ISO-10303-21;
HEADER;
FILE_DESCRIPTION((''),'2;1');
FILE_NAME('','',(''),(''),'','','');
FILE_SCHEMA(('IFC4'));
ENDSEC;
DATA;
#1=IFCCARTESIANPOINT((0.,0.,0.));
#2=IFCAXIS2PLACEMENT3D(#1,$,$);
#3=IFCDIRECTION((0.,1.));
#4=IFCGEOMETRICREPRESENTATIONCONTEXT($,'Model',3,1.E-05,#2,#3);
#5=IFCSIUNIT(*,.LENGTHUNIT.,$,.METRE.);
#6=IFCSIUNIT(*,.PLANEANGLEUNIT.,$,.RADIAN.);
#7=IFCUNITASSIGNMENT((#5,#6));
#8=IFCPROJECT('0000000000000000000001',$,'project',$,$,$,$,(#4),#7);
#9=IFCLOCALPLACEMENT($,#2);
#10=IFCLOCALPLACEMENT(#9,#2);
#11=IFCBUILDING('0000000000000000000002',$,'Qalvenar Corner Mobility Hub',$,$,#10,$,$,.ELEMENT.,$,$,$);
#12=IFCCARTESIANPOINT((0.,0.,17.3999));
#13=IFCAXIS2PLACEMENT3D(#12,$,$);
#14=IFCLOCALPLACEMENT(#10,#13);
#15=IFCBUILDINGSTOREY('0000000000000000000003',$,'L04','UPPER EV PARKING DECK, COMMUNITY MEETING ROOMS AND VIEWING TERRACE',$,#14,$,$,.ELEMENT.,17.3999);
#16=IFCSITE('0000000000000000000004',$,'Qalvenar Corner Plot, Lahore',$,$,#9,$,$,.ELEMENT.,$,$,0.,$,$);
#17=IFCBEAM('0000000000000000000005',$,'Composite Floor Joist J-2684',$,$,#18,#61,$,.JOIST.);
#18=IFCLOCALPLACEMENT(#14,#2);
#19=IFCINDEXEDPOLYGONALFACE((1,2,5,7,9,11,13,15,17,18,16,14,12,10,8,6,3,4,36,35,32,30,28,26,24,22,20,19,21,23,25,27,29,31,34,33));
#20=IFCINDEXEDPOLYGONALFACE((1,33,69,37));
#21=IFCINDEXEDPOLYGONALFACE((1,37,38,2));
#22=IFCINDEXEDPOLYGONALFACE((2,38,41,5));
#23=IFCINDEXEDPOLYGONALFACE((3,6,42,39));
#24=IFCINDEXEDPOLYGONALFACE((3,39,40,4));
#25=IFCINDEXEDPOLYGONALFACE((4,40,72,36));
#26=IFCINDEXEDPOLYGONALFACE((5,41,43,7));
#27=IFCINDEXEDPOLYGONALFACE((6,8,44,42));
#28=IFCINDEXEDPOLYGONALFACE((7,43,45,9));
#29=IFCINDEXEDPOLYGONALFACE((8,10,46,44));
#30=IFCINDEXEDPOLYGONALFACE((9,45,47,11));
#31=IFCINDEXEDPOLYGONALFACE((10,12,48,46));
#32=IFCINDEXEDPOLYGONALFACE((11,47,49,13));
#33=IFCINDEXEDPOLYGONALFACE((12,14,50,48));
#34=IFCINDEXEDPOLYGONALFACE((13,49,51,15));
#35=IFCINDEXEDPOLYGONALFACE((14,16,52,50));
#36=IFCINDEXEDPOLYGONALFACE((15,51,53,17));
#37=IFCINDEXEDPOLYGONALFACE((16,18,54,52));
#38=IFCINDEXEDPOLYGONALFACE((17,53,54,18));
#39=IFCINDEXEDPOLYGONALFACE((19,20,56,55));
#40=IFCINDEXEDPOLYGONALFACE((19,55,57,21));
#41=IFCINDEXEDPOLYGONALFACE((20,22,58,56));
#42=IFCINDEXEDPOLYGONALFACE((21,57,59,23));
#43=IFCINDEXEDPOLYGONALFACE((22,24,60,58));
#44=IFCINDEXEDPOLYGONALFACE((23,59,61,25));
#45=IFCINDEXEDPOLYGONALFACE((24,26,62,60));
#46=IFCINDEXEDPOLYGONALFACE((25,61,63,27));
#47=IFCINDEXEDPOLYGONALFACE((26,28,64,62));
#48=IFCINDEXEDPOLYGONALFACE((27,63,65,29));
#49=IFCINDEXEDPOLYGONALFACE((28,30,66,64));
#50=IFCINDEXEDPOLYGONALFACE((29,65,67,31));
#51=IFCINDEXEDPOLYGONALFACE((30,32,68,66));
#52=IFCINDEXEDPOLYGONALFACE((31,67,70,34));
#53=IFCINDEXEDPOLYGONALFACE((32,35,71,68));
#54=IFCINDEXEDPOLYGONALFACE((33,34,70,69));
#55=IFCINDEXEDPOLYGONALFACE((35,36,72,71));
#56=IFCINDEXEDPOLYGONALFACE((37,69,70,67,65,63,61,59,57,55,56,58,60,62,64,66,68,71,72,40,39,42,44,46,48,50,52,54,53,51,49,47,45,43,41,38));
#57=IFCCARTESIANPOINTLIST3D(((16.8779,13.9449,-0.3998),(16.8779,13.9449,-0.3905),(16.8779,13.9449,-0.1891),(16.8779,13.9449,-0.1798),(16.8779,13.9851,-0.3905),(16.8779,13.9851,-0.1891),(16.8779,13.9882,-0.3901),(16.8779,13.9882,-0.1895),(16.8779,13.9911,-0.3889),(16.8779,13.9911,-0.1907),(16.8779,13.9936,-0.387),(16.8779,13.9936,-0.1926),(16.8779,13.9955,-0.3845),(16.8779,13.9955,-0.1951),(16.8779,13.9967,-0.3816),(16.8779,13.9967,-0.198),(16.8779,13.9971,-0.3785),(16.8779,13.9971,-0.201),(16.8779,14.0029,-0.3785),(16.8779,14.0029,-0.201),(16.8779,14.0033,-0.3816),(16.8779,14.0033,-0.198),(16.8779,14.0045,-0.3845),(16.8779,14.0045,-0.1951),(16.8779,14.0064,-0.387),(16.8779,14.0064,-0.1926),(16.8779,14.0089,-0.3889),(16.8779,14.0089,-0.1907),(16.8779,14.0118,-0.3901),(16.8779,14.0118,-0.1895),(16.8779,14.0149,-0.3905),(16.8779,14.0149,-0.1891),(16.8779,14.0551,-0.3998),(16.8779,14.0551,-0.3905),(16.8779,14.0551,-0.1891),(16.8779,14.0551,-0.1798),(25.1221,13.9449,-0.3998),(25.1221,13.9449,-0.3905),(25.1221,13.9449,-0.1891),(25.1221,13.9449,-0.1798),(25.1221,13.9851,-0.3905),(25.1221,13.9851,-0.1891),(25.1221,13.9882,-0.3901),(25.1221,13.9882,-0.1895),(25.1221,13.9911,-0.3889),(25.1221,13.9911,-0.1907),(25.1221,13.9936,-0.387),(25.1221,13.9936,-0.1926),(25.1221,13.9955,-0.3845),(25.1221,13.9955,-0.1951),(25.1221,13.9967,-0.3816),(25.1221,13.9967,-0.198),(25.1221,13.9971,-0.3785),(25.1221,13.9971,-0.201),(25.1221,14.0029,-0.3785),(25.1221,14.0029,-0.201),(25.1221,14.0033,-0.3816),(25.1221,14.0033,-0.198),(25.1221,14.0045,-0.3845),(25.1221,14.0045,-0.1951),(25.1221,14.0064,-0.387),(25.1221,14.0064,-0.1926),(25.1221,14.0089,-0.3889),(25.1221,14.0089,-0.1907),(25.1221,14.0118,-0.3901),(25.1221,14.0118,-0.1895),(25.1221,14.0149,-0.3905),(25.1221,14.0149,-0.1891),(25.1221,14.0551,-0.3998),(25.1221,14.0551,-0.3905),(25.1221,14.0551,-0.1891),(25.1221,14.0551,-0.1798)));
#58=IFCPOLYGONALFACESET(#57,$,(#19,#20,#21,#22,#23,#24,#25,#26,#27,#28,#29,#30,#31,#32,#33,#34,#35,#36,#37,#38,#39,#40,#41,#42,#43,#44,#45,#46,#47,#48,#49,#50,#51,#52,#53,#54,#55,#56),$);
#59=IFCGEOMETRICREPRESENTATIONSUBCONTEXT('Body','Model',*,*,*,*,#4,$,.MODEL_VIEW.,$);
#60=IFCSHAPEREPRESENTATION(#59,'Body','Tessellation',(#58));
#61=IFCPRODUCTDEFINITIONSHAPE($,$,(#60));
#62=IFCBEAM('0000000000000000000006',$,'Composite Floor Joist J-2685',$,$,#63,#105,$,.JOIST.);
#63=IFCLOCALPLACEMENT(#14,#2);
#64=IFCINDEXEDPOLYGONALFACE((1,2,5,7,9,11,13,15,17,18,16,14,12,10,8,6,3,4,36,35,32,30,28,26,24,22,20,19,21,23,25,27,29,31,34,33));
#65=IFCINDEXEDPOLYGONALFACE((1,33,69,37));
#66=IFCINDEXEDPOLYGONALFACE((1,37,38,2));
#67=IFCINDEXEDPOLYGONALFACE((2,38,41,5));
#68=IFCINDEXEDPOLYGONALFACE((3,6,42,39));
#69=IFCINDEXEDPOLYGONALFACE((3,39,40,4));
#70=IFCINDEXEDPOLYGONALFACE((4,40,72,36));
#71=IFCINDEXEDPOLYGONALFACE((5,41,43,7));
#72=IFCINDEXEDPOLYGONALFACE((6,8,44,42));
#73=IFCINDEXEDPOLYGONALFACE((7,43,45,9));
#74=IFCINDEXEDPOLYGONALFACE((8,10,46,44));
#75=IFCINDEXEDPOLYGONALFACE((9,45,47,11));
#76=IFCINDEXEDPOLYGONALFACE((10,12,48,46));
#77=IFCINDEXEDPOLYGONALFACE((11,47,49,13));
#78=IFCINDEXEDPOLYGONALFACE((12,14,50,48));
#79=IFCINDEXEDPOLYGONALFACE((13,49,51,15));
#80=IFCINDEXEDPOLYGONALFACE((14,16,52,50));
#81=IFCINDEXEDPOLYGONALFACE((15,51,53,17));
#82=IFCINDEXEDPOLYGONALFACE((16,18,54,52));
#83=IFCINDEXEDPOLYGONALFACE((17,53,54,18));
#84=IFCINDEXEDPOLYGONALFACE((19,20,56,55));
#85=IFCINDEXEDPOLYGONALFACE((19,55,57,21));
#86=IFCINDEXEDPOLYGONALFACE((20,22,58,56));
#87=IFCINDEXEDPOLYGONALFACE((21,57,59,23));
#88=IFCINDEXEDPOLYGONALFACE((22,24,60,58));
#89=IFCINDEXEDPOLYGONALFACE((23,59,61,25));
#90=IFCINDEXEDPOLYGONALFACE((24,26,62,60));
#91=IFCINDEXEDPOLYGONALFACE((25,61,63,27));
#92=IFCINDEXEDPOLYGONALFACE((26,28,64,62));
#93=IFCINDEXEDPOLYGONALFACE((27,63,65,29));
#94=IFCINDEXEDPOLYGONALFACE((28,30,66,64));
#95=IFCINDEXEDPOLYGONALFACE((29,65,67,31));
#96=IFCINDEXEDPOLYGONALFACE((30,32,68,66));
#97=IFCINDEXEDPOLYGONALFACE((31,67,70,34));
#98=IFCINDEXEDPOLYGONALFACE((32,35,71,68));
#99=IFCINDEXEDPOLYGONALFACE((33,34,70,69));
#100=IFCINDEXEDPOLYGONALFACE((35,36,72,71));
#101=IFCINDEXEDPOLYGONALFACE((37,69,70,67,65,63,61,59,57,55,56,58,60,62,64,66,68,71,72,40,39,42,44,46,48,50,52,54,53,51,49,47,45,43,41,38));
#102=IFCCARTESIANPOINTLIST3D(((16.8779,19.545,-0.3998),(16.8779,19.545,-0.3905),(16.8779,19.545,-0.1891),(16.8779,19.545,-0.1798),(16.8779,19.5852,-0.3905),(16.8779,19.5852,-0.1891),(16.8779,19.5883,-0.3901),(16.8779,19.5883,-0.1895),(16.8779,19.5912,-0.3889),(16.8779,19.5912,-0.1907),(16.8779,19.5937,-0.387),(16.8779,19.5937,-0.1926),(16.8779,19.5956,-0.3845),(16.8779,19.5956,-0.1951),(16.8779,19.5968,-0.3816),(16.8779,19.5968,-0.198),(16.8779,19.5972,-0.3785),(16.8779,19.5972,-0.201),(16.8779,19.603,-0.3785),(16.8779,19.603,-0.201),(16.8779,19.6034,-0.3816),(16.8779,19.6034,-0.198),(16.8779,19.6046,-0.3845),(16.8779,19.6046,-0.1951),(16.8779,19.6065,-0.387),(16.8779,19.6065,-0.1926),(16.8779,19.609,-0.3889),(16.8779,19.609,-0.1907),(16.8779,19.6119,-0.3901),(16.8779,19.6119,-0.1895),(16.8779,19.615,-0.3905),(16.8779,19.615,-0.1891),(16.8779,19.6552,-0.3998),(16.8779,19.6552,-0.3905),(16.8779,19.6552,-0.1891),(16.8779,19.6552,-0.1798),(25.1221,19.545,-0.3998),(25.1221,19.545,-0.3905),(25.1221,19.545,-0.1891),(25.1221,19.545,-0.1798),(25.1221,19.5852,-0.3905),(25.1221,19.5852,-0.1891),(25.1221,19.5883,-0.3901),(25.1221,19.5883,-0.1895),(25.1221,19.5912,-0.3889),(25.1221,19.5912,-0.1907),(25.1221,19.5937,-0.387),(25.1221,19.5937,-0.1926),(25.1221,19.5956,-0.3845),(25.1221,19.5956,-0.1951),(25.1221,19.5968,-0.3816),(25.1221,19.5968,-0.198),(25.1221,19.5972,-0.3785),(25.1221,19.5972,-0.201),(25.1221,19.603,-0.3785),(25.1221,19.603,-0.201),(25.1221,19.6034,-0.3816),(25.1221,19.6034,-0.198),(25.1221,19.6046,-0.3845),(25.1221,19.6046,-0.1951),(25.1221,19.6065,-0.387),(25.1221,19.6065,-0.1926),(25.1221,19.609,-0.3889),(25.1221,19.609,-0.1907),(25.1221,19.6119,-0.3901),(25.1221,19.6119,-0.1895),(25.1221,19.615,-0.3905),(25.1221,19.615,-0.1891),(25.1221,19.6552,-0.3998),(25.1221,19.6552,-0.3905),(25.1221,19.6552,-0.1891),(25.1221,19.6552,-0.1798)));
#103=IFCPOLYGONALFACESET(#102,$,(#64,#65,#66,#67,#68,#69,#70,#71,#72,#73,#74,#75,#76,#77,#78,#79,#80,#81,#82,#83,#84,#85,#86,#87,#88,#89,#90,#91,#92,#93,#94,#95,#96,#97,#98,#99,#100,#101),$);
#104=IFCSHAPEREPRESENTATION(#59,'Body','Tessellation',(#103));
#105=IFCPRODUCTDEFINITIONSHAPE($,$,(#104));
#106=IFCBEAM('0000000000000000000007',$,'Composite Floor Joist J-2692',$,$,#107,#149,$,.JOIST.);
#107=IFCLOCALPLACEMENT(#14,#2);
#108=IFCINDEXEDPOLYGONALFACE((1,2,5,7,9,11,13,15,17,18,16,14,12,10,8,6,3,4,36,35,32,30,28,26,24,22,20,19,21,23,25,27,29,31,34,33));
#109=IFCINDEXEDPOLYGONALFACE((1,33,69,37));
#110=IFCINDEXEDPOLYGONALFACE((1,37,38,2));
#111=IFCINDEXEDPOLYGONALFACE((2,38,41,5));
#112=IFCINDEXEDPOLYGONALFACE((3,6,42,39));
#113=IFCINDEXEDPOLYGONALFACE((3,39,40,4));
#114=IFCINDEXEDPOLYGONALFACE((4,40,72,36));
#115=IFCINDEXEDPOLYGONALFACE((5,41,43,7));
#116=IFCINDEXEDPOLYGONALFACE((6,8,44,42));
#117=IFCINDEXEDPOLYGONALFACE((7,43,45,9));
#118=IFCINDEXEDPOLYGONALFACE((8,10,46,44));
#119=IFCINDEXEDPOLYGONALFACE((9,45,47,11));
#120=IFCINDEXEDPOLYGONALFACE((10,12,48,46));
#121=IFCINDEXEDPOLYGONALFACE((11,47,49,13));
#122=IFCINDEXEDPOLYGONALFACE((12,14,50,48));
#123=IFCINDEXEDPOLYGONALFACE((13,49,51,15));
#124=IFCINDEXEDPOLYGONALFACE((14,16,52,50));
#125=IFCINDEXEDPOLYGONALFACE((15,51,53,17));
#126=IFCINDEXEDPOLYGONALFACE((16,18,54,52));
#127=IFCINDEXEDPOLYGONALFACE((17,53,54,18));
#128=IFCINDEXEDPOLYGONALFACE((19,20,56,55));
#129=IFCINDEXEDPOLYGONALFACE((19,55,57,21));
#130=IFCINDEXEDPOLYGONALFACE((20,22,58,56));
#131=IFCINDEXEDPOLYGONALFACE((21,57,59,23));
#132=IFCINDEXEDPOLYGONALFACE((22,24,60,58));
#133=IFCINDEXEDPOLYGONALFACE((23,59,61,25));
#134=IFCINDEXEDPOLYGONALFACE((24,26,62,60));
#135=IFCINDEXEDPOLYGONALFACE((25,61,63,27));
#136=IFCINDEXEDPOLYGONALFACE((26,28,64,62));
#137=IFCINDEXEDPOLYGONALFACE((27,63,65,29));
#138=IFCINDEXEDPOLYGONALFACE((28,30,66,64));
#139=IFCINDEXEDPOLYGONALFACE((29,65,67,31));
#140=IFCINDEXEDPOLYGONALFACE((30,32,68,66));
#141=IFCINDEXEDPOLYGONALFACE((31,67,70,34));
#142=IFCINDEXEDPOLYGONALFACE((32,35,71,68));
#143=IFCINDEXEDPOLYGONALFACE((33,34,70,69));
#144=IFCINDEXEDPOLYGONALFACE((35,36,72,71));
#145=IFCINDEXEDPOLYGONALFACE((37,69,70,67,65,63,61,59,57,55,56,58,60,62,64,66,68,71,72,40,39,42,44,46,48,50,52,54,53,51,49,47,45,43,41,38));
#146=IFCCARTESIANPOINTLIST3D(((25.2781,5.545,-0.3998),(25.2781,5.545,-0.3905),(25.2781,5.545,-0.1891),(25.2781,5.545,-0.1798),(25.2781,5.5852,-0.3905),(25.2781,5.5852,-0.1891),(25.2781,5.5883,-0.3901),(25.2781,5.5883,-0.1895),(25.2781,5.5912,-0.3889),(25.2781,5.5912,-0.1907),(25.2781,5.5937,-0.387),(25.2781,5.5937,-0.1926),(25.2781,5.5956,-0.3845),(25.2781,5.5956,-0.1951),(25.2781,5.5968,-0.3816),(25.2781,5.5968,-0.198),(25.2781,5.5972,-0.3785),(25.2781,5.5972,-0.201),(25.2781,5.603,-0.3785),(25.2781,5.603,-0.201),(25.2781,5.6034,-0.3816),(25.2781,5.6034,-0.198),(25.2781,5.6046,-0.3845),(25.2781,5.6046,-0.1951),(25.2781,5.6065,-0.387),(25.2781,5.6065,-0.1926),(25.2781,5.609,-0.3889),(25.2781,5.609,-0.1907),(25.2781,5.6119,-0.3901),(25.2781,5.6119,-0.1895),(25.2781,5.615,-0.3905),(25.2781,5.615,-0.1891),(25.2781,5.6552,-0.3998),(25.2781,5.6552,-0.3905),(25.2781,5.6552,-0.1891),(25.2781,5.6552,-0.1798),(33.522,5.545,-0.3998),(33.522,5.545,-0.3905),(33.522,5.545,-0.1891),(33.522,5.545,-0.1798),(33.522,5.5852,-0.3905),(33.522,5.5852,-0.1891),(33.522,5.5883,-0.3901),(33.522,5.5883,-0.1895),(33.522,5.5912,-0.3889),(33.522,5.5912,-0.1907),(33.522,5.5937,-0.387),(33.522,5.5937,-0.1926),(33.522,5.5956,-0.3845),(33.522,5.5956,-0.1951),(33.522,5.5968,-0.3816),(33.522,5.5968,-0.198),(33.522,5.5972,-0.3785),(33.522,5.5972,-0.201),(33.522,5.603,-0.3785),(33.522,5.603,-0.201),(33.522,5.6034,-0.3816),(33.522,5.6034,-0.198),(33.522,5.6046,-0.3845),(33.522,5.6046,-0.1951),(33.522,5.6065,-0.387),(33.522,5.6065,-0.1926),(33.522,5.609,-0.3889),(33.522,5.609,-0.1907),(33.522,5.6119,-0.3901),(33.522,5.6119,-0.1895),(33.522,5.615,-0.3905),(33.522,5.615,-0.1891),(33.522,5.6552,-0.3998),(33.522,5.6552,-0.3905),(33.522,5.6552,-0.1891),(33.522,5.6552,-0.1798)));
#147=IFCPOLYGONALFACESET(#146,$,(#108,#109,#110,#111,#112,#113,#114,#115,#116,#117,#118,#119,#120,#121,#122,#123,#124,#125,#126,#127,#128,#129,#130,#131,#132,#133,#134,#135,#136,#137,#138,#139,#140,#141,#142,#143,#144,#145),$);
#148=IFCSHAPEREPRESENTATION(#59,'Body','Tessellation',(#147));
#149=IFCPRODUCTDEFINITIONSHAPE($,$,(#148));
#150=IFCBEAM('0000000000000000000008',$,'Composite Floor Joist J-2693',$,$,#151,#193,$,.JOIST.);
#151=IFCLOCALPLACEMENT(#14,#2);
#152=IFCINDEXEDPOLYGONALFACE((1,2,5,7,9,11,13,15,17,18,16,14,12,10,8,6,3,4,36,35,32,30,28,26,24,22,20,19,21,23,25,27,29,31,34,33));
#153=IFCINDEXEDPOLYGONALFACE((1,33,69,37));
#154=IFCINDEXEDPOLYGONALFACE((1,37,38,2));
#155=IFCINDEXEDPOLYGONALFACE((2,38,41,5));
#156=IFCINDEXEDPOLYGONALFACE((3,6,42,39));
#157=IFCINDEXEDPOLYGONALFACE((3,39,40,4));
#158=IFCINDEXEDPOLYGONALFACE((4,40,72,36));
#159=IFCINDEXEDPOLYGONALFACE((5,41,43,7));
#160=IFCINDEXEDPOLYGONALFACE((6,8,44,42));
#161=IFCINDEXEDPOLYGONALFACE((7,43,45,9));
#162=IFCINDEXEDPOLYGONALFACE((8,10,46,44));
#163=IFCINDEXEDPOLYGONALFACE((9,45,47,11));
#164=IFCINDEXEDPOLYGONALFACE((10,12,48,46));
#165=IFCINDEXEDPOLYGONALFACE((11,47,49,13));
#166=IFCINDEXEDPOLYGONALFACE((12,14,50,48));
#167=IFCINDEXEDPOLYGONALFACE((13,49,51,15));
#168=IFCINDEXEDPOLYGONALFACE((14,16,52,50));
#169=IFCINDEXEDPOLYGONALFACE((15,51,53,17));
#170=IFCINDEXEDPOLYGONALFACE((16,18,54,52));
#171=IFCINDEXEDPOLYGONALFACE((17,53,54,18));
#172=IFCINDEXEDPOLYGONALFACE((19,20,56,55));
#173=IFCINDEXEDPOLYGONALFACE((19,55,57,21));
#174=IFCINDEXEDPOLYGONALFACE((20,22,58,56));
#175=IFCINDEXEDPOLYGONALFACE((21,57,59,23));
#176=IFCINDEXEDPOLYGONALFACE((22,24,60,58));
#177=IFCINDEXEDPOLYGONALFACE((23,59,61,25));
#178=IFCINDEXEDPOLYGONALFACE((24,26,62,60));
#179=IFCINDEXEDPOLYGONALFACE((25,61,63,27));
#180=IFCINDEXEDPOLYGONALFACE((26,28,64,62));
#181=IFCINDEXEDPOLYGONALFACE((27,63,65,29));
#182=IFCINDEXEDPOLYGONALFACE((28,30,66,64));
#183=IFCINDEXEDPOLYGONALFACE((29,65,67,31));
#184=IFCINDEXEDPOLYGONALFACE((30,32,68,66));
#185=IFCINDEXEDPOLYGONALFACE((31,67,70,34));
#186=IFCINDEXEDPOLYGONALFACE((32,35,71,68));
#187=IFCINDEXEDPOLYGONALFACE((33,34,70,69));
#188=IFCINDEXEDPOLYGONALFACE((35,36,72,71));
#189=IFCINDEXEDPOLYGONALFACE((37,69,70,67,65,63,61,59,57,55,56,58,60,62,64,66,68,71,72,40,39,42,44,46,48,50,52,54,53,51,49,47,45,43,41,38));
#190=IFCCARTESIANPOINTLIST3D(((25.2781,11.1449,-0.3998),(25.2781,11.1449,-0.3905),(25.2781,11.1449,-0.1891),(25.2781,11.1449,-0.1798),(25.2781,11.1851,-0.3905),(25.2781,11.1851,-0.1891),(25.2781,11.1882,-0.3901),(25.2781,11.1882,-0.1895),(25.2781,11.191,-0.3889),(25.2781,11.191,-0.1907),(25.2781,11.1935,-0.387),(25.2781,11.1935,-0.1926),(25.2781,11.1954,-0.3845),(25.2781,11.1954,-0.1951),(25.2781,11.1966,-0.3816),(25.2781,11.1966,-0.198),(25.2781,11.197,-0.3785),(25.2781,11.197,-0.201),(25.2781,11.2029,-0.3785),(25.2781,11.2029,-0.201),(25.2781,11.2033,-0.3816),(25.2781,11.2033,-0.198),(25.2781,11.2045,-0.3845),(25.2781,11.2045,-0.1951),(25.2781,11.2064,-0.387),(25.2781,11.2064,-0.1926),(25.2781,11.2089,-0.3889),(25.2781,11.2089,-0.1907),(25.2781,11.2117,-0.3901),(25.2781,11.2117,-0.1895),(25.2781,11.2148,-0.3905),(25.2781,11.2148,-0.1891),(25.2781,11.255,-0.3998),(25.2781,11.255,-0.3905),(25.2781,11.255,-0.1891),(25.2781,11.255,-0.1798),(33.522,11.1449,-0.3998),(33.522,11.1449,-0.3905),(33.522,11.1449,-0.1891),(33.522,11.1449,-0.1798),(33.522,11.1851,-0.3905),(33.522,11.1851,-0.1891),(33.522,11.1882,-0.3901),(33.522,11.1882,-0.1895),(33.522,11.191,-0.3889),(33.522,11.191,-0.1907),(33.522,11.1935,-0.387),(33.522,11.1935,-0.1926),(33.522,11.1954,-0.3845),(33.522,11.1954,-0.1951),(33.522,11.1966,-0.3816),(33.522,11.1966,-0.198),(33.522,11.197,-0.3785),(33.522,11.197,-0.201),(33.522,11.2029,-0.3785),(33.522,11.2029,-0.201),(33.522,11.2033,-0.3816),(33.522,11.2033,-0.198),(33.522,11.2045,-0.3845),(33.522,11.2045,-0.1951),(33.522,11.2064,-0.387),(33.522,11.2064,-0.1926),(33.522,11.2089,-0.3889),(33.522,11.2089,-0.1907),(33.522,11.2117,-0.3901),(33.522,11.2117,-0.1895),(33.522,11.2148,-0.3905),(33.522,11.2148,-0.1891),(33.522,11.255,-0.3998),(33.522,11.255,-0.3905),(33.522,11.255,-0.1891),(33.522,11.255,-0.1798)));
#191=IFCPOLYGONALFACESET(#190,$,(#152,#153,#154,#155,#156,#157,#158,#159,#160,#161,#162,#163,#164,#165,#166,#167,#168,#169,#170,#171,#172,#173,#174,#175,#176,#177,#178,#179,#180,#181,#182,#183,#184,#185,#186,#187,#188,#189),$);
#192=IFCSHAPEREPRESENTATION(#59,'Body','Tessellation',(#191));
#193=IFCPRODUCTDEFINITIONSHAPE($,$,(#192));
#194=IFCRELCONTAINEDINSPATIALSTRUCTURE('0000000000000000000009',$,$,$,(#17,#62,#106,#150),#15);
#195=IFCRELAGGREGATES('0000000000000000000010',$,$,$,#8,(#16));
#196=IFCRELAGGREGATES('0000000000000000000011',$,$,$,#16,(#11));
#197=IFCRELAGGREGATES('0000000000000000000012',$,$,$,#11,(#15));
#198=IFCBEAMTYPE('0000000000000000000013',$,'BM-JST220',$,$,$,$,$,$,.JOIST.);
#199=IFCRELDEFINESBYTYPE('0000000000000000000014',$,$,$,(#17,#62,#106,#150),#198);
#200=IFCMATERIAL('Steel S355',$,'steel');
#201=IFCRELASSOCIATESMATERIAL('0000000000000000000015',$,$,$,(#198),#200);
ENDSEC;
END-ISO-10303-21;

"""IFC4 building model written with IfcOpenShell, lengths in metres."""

from ifc_helpers import new_model, si_unit, direction, frame, origin, origin_2d, place, context, subcontext, project, spatial, i_section, extrude, material, material_profile, profile_set, type_object, element, save


model = new_model("IFC4")

# Units and contexts
model_context = context("Model", 3, precision=1e-05, world=origin(), true_north=direction((0.0, 1.0)))
body_context = subcontext(model_context, "Body", "Model", "MODEL_VIEW")
ifc_project = project(units=[si_unit("LENGTHUNIT", "METRE"), si_unit("PLANEANGLEUNIT", "RADIAN")], contexts=[model_context])

# Site, building, storey
site_placement = place(None, origin())
site = spatial("IfcSite", under=ifc_project, at=site_placement, Name="Qalvenar Corner Plot, Lahore", CompositionType="ELEMENT", RefElevation=0.0)
building_placement = place(site_placement, origin())
building = spatial("IfcBuilding", under=site, at=building_placement, Name="Qalvenar Corner Mobility Hub", CompositionType="ELEMENT")
storey_placement = place(building_placement, frame((0.0, 0.0, 17.3999)))
storey = spatial("IfcBuildingStorey", under=building, at=storey_placement, Name="L04", Description="UPPER EV PARKING DECK, COMMUNITY MEETING ROOMS AND VIEWING TERRACE", CompositionType="ELEMENT", Elevation=17.3999)

# Shared definitions
ifc_material_1 = material(Name="Steel S355", Category="steel")

# Beams
ifc_material_profile_1 = material_profile(ifc_material_1, i_section(OverallWidth=0.1101, OverallDepth=0.22, WebThickness=0.0059, FlangeThickness=0.0093, FilletRadius=0.012, at=origin_2d()), Name="IPE220")
ifc_profile_set_1 = profile_set([ifc_material_profile_1], Name="Steel S355")
beam_type_1 = type_object("IfcBeamType", Name="BM-JST220", PredefinedType="JOIST", material=ifc_profile_set_1)
for number, where, z_axis, x_axis, name in (
    (1, (16.8779, 14.0, -0.2898), (1.0, 0.0, 0.0), (0.0, 1.0, 0.0), "Composite Floor Joist J-2684"),
    (2, (16.8779, 19.6001, -0.2898), (1.0, 0.0, 0.0), (0.0, 1.0, 0.0), "Composite Floor Joist J-2685"),
):
    element("IfcBeam", number, at=place(storey_placement, frame(where, z_axis=z_axis, x_axis=x_axis)), inside=storey, type_object=beam_type_1, Name=name, PredefinedType="JOIST", context=body_context, shape_type="SweptSolid", body=[
        extrude(i_section(OverallWidth=0.1101, OverallDepth=0.22, WebThickness=0.0059, FlangeThickness=0.0093, FilletRadius=0.012, at=origin_2d()), origin(), (0.0, 0.0, 1.0), 8.2441),
    ])
for number, where, z_axis, x_axis, name in (
    (3, (25.2781, 5.6001, -0.2898), (1.0, 0.0, 0.0), (0.0, 1.0, 0.0), "Composite Floor Joist J-2692"),
    (4, (25.2781, 11.2, -0.2898), (1.0, 0.0, 0.0), (0.0, 1.0, 0.0), "Composite Floor Joist J-2693"),
):
    element("IfcBeam", number, at=place(storey_placement, frame(where, z_axis=z_axis, x_axis=x_axis)), inside=storey, type_object=beam_type_1, Name=name, PredefinedType="JOIST", context=body_context, shape_type="SweptSolid", body=[
        extrude(i_section(OverallWidth=0.1101, OverallDepth=0.22, WebThickness=0.0059, FlangeThickness=0.0093, FilletRadius=0.012, at=origin_2d()), origin(), (0.0, 0.0, 1.0), 8.2439),
    ])

save(model, "model.ifc")
